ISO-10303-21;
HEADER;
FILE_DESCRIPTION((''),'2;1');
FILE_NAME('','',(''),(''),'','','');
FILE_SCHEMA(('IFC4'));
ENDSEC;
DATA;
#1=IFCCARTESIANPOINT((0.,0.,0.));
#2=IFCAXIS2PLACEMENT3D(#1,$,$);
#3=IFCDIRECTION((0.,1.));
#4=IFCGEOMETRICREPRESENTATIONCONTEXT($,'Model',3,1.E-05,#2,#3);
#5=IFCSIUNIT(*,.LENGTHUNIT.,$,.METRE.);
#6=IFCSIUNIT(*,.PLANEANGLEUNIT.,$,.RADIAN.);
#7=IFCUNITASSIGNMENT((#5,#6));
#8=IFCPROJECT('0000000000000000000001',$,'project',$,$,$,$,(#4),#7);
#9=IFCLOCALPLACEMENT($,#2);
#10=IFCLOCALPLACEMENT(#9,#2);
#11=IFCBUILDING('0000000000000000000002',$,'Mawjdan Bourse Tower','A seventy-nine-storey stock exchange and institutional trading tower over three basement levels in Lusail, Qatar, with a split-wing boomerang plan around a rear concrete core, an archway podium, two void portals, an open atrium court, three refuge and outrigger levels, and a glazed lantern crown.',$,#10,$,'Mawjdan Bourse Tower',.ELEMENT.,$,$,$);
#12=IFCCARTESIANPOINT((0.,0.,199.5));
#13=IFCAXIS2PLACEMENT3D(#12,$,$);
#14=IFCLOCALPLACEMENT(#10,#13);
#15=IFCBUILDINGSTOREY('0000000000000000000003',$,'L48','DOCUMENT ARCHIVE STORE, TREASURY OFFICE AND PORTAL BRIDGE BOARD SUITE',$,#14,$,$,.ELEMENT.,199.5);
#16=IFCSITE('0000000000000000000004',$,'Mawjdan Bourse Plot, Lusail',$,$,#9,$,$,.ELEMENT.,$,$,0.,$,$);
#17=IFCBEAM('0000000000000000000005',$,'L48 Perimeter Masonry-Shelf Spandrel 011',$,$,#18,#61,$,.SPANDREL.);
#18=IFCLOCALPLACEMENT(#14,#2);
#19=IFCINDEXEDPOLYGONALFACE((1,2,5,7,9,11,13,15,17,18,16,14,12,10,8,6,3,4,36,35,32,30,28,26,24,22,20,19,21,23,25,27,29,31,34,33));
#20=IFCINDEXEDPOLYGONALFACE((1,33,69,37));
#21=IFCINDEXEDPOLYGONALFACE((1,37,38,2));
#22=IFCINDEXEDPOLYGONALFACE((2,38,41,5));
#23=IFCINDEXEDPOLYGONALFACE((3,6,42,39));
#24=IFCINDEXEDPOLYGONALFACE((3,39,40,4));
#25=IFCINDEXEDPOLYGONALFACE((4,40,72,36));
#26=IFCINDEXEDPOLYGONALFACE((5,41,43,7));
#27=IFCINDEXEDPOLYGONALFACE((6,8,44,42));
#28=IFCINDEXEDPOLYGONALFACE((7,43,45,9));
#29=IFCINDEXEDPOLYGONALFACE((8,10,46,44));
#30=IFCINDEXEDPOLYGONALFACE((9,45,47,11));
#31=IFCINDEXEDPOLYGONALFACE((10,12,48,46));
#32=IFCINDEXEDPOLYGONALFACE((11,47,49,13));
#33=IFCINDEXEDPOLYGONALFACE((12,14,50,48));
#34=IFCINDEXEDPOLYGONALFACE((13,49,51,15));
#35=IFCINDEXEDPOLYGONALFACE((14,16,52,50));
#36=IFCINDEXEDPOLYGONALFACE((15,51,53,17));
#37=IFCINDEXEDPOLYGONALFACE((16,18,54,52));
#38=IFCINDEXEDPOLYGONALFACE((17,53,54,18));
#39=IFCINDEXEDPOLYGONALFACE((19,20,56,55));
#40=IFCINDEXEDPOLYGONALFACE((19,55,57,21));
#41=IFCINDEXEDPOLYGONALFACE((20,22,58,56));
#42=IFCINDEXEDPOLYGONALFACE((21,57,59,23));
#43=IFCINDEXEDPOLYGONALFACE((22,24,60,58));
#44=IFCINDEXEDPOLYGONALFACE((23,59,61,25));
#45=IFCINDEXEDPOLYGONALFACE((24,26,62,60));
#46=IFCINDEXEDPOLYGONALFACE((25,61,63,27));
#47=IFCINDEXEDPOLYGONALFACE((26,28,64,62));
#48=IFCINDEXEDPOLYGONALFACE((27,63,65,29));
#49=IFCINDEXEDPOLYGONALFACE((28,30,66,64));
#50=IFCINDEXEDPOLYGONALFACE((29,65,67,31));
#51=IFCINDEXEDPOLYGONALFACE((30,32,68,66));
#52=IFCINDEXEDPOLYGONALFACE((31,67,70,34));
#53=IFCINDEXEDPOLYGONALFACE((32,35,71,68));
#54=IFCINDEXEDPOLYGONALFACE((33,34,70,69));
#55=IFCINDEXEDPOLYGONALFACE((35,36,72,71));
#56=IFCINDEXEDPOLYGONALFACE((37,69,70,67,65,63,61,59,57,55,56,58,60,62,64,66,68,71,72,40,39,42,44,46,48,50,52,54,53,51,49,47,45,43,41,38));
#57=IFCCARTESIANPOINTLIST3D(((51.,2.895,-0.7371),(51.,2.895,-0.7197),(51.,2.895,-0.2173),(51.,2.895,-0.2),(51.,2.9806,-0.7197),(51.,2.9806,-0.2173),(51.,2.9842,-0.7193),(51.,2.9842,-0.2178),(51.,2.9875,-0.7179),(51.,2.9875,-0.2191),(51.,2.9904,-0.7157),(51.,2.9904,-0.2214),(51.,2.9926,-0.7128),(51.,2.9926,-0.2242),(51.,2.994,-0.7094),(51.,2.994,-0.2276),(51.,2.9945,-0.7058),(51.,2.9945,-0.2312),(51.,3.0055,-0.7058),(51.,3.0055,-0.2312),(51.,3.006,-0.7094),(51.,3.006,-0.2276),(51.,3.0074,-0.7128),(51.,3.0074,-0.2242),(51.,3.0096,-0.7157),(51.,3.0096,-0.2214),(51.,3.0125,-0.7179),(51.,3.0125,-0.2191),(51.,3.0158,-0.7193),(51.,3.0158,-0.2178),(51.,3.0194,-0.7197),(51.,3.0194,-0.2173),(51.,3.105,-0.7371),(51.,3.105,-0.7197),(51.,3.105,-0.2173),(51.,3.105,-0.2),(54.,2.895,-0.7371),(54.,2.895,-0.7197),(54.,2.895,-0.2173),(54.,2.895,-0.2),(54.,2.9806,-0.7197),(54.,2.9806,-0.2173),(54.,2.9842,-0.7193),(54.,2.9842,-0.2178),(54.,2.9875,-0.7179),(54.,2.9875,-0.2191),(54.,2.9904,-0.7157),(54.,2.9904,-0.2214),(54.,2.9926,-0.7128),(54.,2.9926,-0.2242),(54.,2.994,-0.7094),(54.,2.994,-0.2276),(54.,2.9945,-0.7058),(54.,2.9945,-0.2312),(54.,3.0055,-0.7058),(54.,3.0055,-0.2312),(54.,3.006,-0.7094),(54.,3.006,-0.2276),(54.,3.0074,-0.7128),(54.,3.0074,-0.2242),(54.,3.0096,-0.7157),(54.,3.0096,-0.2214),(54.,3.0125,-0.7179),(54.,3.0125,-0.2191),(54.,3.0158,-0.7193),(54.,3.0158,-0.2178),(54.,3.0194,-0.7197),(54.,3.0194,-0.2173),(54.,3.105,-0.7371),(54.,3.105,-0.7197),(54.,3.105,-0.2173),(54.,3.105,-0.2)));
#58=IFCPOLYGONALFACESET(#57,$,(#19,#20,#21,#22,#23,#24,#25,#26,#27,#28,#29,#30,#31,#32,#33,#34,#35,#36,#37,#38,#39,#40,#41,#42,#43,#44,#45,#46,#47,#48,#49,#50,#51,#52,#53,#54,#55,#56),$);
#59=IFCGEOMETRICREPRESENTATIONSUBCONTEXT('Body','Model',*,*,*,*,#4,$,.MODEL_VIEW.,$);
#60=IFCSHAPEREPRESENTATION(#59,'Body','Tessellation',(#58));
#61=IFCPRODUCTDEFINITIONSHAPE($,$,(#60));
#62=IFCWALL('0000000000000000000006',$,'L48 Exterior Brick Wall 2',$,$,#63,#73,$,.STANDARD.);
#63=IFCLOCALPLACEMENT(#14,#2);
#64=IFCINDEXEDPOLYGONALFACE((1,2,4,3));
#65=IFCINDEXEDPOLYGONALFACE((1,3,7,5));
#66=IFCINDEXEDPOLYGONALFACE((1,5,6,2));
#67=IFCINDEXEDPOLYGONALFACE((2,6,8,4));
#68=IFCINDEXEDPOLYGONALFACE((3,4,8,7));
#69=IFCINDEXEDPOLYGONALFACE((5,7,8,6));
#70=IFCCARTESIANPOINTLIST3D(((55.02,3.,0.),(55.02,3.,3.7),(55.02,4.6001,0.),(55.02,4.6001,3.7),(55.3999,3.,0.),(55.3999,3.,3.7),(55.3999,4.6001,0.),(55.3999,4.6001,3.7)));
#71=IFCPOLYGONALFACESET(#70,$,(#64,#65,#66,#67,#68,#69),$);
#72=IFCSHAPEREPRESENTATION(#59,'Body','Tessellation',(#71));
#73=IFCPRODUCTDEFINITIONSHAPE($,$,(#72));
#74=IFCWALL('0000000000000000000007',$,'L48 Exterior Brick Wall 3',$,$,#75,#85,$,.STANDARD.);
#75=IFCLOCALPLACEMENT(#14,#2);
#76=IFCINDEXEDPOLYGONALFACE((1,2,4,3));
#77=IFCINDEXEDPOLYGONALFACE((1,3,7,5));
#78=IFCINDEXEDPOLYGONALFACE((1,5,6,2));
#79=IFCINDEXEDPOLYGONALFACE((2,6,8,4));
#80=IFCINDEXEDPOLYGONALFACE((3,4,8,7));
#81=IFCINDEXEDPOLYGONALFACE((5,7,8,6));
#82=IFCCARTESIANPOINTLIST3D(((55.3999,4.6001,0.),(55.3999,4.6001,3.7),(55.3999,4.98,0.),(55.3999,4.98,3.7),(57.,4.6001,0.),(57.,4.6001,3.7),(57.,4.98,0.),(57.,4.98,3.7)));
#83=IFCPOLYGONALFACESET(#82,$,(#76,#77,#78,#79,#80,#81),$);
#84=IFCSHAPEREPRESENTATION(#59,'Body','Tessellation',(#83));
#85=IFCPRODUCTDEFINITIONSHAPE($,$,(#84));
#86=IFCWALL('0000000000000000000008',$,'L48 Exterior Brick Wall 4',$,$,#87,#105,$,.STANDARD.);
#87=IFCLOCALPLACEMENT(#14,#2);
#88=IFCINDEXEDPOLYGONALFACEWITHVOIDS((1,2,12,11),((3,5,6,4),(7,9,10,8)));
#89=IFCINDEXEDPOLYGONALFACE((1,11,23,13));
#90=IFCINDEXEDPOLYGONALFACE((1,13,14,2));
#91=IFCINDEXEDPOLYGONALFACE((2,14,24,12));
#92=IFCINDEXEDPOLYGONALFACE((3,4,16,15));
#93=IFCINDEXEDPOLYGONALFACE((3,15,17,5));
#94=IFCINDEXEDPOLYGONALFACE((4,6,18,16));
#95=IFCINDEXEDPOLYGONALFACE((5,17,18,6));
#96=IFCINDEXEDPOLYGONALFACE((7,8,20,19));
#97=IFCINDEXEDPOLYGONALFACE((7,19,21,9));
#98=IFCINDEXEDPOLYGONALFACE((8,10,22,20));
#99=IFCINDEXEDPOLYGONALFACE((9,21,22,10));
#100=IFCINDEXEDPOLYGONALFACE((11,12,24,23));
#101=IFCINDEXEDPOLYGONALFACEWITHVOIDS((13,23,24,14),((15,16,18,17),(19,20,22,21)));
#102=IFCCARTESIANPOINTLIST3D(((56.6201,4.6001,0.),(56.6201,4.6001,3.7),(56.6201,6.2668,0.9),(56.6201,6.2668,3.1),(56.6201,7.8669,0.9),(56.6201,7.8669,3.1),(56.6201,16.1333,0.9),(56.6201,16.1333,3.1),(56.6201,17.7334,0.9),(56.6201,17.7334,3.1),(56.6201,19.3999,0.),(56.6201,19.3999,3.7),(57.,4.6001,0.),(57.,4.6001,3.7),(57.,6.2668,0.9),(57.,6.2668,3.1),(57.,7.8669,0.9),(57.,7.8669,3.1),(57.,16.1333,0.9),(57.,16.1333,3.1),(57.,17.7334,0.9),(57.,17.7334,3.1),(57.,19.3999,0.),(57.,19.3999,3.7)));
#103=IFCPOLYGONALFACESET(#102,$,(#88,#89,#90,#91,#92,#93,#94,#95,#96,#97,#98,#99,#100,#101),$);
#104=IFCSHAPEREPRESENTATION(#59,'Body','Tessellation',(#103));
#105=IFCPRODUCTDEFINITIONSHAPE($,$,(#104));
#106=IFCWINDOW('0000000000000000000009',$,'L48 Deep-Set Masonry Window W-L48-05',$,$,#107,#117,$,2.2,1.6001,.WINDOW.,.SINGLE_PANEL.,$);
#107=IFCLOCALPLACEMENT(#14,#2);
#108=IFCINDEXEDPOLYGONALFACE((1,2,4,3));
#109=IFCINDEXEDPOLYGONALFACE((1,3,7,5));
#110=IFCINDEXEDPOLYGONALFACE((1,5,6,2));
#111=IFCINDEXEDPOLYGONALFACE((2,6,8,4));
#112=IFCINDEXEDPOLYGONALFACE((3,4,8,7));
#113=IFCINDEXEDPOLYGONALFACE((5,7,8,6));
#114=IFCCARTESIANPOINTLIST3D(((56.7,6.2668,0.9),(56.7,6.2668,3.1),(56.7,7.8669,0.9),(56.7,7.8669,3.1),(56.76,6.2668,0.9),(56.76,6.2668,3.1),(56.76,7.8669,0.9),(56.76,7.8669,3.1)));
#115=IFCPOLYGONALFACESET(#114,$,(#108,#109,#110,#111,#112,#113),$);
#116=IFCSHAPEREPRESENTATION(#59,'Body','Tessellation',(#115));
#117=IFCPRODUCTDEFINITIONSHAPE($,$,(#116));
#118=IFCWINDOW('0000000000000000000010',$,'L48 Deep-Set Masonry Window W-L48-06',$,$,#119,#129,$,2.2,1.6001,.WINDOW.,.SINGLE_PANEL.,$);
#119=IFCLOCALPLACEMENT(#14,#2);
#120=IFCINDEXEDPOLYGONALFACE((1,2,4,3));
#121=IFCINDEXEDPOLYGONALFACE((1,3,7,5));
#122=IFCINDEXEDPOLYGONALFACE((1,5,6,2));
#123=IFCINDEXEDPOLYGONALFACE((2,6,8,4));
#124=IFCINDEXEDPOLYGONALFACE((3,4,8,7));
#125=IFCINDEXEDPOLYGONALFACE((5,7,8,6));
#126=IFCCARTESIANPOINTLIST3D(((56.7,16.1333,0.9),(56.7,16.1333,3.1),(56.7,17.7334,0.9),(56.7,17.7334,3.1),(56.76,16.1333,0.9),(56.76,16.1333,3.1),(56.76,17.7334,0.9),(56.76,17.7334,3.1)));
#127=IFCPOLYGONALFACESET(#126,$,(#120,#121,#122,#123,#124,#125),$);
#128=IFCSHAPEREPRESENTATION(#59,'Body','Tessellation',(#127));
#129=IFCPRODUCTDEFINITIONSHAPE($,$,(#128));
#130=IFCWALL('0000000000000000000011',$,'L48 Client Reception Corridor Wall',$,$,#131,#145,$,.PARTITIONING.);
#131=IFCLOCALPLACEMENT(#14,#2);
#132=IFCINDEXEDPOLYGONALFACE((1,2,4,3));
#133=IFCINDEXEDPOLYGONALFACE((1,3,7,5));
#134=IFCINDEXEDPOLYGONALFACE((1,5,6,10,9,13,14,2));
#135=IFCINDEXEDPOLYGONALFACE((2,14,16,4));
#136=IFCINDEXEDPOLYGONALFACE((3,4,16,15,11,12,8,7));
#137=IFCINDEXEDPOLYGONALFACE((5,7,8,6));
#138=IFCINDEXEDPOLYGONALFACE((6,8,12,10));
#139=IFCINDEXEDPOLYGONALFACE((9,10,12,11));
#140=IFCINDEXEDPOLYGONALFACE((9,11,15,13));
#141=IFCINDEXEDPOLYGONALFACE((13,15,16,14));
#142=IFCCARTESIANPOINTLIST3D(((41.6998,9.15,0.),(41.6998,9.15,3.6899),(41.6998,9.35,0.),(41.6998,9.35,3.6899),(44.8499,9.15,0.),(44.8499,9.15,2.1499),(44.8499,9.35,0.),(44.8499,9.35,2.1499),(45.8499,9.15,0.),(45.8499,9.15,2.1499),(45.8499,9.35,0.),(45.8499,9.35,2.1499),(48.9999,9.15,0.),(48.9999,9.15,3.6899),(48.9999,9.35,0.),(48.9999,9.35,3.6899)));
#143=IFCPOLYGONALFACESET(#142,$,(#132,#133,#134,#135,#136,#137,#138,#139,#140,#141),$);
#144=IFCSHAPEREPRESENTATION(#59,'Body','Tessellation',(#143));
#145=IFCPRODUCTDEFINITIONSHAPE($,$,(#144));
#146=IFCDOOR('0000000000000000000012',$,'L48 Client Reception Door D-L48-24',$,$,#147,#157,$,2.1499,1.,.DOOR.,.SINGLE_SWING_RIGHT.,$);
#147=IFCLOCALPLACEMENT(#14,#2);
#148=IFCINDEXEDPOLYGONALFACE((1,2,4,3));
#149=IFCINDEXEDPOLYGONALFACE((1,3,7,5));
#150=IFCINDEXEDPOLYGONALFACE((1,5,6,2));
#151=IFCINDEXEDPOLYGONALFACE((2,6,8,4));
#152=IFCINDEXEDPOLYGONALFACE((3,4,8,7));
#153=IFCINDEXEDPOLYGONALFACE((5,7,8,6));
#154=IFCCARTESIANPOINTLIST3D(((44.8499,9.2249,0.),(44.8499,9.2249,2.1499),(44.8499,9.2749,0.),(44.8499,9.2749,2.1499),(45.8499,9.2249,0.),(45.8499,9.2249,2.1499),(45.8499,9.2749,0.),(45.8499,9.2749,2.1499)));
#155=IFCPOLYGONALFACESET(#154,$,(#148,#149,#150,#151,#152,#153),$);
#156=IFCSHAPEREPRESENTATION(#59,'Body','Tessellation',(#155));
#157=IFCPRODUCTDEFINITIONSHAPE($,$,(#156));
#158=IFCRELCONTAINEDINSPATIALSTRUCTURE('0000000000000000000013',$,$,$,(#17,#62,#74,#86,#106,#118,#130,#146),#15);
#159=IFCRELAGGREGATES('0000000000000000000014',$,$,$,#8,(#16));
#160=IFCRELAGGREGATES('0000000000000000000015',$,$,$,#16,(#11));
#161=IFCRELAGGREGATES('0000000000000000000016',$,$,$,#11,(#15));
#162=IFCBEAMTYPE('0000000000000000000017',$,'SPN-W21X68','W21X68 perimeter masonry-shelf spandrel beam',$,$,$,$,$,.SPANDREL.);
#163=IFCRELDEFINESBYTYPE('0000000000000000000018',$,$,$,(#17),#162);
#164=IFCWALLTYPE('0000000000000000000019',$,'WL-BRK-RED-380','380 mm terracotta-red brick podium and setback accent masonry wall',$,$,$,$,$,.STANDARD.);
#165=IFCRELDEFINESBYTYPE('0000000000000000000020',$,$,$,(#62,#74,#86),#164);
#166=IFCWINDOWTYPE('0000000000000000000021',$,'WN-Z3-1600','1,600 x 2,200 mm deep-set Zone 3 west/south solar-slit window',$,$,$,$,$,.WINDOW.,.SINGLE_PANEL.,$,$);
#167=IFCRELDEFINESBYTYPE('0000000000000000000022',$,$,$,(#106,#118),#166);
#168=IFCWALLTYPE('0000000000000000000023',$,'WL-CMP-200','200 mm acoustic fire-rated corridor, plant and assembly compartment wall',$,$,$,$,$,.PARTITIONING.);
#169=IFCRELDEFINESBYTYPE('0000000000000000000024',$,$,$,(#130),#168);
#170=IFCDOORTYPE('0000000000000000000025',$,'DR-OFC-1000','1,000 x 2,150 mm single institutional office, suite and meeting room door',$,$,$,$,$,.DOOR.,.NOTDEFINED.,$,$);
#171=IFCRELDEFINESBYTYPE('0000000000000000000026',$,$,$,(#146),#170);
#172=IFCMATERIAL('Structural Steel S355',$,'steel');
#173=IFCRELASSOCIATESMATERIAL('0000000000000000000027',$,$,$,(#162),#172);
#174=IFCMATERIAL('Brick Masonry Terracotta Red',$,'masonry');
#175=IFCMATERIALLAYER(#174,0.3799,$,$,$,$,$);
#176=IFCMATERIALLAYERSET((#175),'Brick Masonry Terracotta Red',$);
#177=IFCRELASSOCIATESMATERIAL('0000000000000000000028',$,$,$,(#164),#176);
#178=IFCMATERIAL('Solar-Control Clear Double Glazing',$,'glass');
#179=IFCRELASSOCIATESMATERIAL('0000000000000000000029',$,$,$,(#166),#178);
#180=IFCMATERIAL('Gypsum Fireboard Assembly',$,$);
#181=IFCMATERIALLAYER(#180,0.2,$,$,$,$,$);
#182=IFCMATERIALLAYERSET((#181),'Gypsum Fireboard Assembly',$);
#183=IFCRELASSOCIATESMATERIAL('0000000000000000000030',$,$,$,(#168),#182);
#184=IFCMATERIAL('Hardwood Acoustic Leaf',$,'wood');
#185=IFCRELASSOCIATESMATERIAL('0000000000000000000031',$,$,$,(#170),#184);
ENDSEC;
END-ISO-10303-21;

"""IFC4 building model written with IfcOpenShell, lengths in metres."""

from ifc_helpers import new_model, si_unit, direction, frame, frame_2d, origin, origin_2d, place, context, subcontext, project, spatial, rectangle, i_section, extrude, material, layer, layer_set, material_profile, profile_set, type_object, element, fill, save


model = new_model("IFC4")

# Units and contexts
model_context = context("Model", 3, precision=1e-05, world=origin(), true_north=direction((0.0, 1.0)))
body_context = subcontext(model_context, "Body", "Model", "MODEL_VIEW")
ifc_project = project(units=[si_unit("LENGTHUNIT", "METRE"), si_unit("PLANEANGLEUNIT", "RADIAN")], contexts=[model_context])

# Site, building, storey
site_placement = place(None, origin())
site = spatial("IfcSite", under=ifc_project, at=site_placement, Name="Mawjdan Bourse Plot, Lusail", CompositionType="ELEMENT", RefElevation=0.0)
building_placement = place(site_placement, origin())
building = spatial("IfcBuilding", under=site, at=building_placement, Name="Mawjdan Bourse Tower", Description="A seventy-nine-storey stock exchange and institutional trading tower over three basement levels in Lusail, Qatar, with a split-wing boomerang plan around a rear concrete core, an archway podium, two void portals, an open atrium court, three refuge and outrigger levels, and a glazed lantern crown.", LongName="Mawjdan Bourse Tower", CompositionType="ELEMENT")
storey_placement = place(building_placement, frame((0.0, 0.0, 199.5)))
storey = spatial("IfcBuildingStorey", under=building, at=storey_placement, Name="L48", Description="DOCUMENT ARCHIVE STORE, TREASURY OFFICE AND PORTAL BRIDGE BOARD SUITE", CompositionType="ELEMENT", Elevation=199.5)

# Beam
ifc_material_1 = material(Name="Structural Steel S355", Category="steel")
ifc_material_profile_1 = material_profile(ifc_material_1, i_section(OverallWidth=0.21, OverallDepth=0.5371, WebThickness=0.011, FlangeThickness=0.0173, FilletRadius=0.0139, at=origin_2d()), Name="W21X68")
ifc_profile_set_1 = profile_set([ifc_material_profile_1], Name="Structural Steel S355")
beam_type_1 = type_object("IfcBeamType", Name="SPN-W21X68", Description="W21X68 perimeter masonry-shelf spandrel beam", PredefinedType="SPANDREL", material=ifc_profile_set_1)
for number, where, z_axis, x_axis, name in (
    (1, (51.0, 3.0, -0.4685), (1.0, 0.0, 0.0), (0.0, 1.0, 0.0), "L48 Perimeter Masonry-Shelf Spandrel 011"),
):
    element("IfcBeam", number, at=place(storey_placement, frame(where, z_axis=z_axis, x_axis=x_axis)), inside=storey, type_object=beam_type_1, Name=name, PredefinedType="SPANDREL", context=body_context, shape_type="SweptSolid", body=[
        extrude(i_section(OverallWidth=0.21, OverallDepth=0.5371, WebThickness=0.011, FlangeThickness=0.0173, FilletRadius=0.0139, at=origin_2d()), origin(), (0.0, 0.0, 1.0), 3.0),
    ])

# Walls
ifc_material_2 = material(Name="Brick Masonry Terracotta Red", Category="masonry")
ifc_layer_1 = layer(ifc_material_2, 0.3799)
ifc_layer_set_1 = layer_set([ifc_layer_1], Name="Brick Masonry Terracotta Red")
wall_type_1 = type_object("IfcWallType", Name="WL-BRK-RED-380", Description="380 mm terracotta-red brick podium and setback accent masonry wall", PredefinedType="STANDARD", material=ifc_layer_set_1)
for number, where, z_axis, x_axis, name in (
    (2, (55.21, 3.0, 0.0), (0.0, 0.0, 1.0), (0.0, 1.0, 0.0), "L48 Exterior Brick Wall 2"),
    (3, (55.3999, 4.79, 0.0), (0.0, 0.0, 1.0), (1.0, 0.0, 0.0), "L48 Exterior Brick Wall 3"),
):
    element("IfcWall", number, at=place(storey_placement, frame(where, z_axis=z_axis, x_axis=x_axis)), inside=storey, type_object=wall_type_1, Name=name, PredefinedType="STANDARD", context=body_context, shape_type="SweptSolid", body=[
        extrude(rectangle(XDim=1.6001, YDim=0.3799, at=frame_2d((0.8, 0.0))), origin(), (0.0, 0.0, 1.0), 3.7),
    ])

# Wall, openings, windows
wall_1_placement = place(storey_placement, frame((56.8101, 4.6001, 0.0), z_axis=(0.0, 0.0, 1.0), x_axis=(0.0, 1.0, 0.0)))
wall_1 = element("IfcWall", 4, at=wall_1_placement, inside=storey, type_object=wall_type_1, Name="L48 Exterior Brick Wall 4", PredefinedType="STANDARD", context=body_context, shape_type="SweptSolid", body=[
    extrude(rectangle(XDim=14.7998, YDim=0.3799, at=frame_2d((7.3999, 0.0))), origin(), (0.0, 0.0, 1.0), 3.7),
])
opening_1_placement = place(wall_1_placement, frame((1.6667, 0.0, 0.8999)))
opening_1 = element("IfcOpeningElement", 5, at=opening_1_placement, cuts=wall_1, PredefinedType="OPENING", context=body_context, shape_type="SweptSolid", body=[
    extrude(rectangle(XDim=1.6001, YDim=2.2, at=frame_2d((0.8, 1.1001))), frame((0.0, 0.2, 0.0), z_axis=(0.0, -1.0, 0.0), x_axis=(1.0, 0.0, 0.0)), (0.0, 0.0, 1.0), 0.3999),
])
opening_2_placement = place(wall_1_placement, frame((11.5332, 0.0, 0.8999)))
opening_2 = element("IfcOpeningElement", 6, at=opening_2_placement, cuts=wall_1, PredefinedType="OPENING", context=body_context, shape_type="SweptSolid", body=[
    extrude(rectangle(XDim=1.6001, YDim=2.2, at=frame_2d((0.8, 1.1001))), frame((0.0, 0.2, 0.0), z_axis=(0.0, -1.0, 0.0), x_axis=(1.0, 0.0, 0.0)), (0.0, 0.0, 1.0), 0.3999),
])
ifc_material_3 = material(Name="Solar-Control Clear Double Glazing", Category="glass")
window_type = type_object("IfcWindowType", Name="WN-Z3-1600", Description="1,600 x 2,200 mm deep-set Zone 3 west/south solar-slit window", PartitioningType="SINGLE_PANEL", PredefinedType="WINDOW", material=ifc_material_3)
window_1_placement = place(opening_1_placement, origin())
window_1 = element("IfcWindow", 7, at=window_1_placement, inside=storey, type_object=window_type, Name="L48 Deep-Set Masonry Window W-L48-05", OverallHeight=2.2, OverallWidth=1.6001, PartitioningType="SINGLE_PANEL", PredefinedType="WINDOW", context=body_context, shape_type="SweptSolid", body=[
    extrude(rectangle(XDim=1.6001, YDim=2.2, at=frame_2d((0.8, 1.1001))), frame((0.0, 0.1101, 0.0), z_axis=(0.0, -1.0, 0.0), x_axis=(1.0, 0.0, 0.0)), (0.0, 0.0, 1.0), 0.0601),
])
fill(opening_1, window_1)
window_2_placement = place(opening_2_placement, origin())
window_2 = element("IfcWindow", 8, at=window_2_placement, inside=storey, type_object=window_type, Name="L48 Deep-Set Masonry Window W-L48-06", OverallHeight=2.2, OverallWidth=1.6001, PartitioningType="SINGLE_PANEL", PredefinedType="WINDOW", context=body_context, shape_type="SweptSolid", body=[
    extrude(rectangle(XDim=1.6001, YDim=2.2, at=frame_2d((0.8, 1.1001))), frame((0.0, 0.1101, 0.0), z_axis=(0.0, -1.0, 0.0), x_axis=(1.0, 0.0, 0.0)), (0.0, 0.0, 1.0), 0.0601),
])
fill(opening_2, window_2)

# Wall, opening, door
ifc_material_4 = material(Name="Gypsum Fireboard Assembly")
ifc_layer_2 = layer(ifc_material_4, 0.2)
ifc_layer_set_2 = layer_set([ifc_layer_2], Name="Gypsum Fireboard Assembly")
wall_type_2 = type_object("IfcWallType", Name="WL-CMP-200", Description="200 mm acoustic fire-rated corridor, plant and assembly compartment wall", PredefinedType="PARTITIONING", material=ifc_layer_set_2)
wall_2_placement = place(storey_placement, frame((41.7, 9.25, 0.0), z_axis=(0.0, 0.0, 1.0), x_axis=(1.0, 0.0, 0.0)))
wall_2 = element("IfcWall", 9, at=wall_2_placement, inside=storey, type_object=wall_type_2, Name="L48 Client Reception Corridor Wall", PredefinedType="PARTITIONING", context=body_context, shape_type="SweptSolid", body=[
    extrude(rectangle(XDim=7.3, YDim=0.2, at=frame_2d((3.6499, 0.0))), origin(), (0.0, 0.0, 1.0), 3.6899),
])
opening_3_placement = place(wall_2_placement, frame((3.1499, 0.0, 0.0)))
opening_3 = element("IfcOpeningElement", 10, at=opening_3_placement, cuts=wall_2, PredefinedType="OPENING", context=body_context, shape_type="SweptSolid", body=[
    extrude(rectangle(XDim=1.0, YDim=2.1499, at=frame_2d((0.5, 1.075))), frame((0.0, 0.1099, 0.0), z_axis=(0.0, -1.0, 0.0), x_axis=(1.0, 0.0, 0.0)), (0.0, 0.0, 1.0), 0.22),
])
ifc_material_5 = material(Name="Hardwood Acoustic Leaf", Category="wood")
door_type = type_object("IfcDoorType", Name="DR-OFC-1000", Description="1,000 x 2,150 mm single institutional office, suite and meeting room door", OperationType="NOTDEFINED", PredefinedType="DOOR", material=ifc_material_5)
door_1_placement = place(opening_3_placement, origin())
door_1 = element("IfcDoor", 11, at=door_1_placement, inside=storey, type_object=door_type, Name="L48 Client Reception Door D-L48-24", OperationType="SINGLE_SWING_RIGHT", OverallHeight=2.1499, OverallWidth=1.0, PredefinedType="DOOR", context=body_context, shape_type="SweptSolid", body=[
    extrude(rectangle(XDim=1.0, YDim=2.1499, at=frame_2d((0.5, 1.075))), frame((0.0, 0.0249, 0.0), z_axis=(0.0, -1.0, 0.0), x_axis=(1.0, 0.0, 0.0)), (0.0, 0.0, 1.0), 0.05),
])
fill(opening_3, door_1)

save(model, "model.ifc")
